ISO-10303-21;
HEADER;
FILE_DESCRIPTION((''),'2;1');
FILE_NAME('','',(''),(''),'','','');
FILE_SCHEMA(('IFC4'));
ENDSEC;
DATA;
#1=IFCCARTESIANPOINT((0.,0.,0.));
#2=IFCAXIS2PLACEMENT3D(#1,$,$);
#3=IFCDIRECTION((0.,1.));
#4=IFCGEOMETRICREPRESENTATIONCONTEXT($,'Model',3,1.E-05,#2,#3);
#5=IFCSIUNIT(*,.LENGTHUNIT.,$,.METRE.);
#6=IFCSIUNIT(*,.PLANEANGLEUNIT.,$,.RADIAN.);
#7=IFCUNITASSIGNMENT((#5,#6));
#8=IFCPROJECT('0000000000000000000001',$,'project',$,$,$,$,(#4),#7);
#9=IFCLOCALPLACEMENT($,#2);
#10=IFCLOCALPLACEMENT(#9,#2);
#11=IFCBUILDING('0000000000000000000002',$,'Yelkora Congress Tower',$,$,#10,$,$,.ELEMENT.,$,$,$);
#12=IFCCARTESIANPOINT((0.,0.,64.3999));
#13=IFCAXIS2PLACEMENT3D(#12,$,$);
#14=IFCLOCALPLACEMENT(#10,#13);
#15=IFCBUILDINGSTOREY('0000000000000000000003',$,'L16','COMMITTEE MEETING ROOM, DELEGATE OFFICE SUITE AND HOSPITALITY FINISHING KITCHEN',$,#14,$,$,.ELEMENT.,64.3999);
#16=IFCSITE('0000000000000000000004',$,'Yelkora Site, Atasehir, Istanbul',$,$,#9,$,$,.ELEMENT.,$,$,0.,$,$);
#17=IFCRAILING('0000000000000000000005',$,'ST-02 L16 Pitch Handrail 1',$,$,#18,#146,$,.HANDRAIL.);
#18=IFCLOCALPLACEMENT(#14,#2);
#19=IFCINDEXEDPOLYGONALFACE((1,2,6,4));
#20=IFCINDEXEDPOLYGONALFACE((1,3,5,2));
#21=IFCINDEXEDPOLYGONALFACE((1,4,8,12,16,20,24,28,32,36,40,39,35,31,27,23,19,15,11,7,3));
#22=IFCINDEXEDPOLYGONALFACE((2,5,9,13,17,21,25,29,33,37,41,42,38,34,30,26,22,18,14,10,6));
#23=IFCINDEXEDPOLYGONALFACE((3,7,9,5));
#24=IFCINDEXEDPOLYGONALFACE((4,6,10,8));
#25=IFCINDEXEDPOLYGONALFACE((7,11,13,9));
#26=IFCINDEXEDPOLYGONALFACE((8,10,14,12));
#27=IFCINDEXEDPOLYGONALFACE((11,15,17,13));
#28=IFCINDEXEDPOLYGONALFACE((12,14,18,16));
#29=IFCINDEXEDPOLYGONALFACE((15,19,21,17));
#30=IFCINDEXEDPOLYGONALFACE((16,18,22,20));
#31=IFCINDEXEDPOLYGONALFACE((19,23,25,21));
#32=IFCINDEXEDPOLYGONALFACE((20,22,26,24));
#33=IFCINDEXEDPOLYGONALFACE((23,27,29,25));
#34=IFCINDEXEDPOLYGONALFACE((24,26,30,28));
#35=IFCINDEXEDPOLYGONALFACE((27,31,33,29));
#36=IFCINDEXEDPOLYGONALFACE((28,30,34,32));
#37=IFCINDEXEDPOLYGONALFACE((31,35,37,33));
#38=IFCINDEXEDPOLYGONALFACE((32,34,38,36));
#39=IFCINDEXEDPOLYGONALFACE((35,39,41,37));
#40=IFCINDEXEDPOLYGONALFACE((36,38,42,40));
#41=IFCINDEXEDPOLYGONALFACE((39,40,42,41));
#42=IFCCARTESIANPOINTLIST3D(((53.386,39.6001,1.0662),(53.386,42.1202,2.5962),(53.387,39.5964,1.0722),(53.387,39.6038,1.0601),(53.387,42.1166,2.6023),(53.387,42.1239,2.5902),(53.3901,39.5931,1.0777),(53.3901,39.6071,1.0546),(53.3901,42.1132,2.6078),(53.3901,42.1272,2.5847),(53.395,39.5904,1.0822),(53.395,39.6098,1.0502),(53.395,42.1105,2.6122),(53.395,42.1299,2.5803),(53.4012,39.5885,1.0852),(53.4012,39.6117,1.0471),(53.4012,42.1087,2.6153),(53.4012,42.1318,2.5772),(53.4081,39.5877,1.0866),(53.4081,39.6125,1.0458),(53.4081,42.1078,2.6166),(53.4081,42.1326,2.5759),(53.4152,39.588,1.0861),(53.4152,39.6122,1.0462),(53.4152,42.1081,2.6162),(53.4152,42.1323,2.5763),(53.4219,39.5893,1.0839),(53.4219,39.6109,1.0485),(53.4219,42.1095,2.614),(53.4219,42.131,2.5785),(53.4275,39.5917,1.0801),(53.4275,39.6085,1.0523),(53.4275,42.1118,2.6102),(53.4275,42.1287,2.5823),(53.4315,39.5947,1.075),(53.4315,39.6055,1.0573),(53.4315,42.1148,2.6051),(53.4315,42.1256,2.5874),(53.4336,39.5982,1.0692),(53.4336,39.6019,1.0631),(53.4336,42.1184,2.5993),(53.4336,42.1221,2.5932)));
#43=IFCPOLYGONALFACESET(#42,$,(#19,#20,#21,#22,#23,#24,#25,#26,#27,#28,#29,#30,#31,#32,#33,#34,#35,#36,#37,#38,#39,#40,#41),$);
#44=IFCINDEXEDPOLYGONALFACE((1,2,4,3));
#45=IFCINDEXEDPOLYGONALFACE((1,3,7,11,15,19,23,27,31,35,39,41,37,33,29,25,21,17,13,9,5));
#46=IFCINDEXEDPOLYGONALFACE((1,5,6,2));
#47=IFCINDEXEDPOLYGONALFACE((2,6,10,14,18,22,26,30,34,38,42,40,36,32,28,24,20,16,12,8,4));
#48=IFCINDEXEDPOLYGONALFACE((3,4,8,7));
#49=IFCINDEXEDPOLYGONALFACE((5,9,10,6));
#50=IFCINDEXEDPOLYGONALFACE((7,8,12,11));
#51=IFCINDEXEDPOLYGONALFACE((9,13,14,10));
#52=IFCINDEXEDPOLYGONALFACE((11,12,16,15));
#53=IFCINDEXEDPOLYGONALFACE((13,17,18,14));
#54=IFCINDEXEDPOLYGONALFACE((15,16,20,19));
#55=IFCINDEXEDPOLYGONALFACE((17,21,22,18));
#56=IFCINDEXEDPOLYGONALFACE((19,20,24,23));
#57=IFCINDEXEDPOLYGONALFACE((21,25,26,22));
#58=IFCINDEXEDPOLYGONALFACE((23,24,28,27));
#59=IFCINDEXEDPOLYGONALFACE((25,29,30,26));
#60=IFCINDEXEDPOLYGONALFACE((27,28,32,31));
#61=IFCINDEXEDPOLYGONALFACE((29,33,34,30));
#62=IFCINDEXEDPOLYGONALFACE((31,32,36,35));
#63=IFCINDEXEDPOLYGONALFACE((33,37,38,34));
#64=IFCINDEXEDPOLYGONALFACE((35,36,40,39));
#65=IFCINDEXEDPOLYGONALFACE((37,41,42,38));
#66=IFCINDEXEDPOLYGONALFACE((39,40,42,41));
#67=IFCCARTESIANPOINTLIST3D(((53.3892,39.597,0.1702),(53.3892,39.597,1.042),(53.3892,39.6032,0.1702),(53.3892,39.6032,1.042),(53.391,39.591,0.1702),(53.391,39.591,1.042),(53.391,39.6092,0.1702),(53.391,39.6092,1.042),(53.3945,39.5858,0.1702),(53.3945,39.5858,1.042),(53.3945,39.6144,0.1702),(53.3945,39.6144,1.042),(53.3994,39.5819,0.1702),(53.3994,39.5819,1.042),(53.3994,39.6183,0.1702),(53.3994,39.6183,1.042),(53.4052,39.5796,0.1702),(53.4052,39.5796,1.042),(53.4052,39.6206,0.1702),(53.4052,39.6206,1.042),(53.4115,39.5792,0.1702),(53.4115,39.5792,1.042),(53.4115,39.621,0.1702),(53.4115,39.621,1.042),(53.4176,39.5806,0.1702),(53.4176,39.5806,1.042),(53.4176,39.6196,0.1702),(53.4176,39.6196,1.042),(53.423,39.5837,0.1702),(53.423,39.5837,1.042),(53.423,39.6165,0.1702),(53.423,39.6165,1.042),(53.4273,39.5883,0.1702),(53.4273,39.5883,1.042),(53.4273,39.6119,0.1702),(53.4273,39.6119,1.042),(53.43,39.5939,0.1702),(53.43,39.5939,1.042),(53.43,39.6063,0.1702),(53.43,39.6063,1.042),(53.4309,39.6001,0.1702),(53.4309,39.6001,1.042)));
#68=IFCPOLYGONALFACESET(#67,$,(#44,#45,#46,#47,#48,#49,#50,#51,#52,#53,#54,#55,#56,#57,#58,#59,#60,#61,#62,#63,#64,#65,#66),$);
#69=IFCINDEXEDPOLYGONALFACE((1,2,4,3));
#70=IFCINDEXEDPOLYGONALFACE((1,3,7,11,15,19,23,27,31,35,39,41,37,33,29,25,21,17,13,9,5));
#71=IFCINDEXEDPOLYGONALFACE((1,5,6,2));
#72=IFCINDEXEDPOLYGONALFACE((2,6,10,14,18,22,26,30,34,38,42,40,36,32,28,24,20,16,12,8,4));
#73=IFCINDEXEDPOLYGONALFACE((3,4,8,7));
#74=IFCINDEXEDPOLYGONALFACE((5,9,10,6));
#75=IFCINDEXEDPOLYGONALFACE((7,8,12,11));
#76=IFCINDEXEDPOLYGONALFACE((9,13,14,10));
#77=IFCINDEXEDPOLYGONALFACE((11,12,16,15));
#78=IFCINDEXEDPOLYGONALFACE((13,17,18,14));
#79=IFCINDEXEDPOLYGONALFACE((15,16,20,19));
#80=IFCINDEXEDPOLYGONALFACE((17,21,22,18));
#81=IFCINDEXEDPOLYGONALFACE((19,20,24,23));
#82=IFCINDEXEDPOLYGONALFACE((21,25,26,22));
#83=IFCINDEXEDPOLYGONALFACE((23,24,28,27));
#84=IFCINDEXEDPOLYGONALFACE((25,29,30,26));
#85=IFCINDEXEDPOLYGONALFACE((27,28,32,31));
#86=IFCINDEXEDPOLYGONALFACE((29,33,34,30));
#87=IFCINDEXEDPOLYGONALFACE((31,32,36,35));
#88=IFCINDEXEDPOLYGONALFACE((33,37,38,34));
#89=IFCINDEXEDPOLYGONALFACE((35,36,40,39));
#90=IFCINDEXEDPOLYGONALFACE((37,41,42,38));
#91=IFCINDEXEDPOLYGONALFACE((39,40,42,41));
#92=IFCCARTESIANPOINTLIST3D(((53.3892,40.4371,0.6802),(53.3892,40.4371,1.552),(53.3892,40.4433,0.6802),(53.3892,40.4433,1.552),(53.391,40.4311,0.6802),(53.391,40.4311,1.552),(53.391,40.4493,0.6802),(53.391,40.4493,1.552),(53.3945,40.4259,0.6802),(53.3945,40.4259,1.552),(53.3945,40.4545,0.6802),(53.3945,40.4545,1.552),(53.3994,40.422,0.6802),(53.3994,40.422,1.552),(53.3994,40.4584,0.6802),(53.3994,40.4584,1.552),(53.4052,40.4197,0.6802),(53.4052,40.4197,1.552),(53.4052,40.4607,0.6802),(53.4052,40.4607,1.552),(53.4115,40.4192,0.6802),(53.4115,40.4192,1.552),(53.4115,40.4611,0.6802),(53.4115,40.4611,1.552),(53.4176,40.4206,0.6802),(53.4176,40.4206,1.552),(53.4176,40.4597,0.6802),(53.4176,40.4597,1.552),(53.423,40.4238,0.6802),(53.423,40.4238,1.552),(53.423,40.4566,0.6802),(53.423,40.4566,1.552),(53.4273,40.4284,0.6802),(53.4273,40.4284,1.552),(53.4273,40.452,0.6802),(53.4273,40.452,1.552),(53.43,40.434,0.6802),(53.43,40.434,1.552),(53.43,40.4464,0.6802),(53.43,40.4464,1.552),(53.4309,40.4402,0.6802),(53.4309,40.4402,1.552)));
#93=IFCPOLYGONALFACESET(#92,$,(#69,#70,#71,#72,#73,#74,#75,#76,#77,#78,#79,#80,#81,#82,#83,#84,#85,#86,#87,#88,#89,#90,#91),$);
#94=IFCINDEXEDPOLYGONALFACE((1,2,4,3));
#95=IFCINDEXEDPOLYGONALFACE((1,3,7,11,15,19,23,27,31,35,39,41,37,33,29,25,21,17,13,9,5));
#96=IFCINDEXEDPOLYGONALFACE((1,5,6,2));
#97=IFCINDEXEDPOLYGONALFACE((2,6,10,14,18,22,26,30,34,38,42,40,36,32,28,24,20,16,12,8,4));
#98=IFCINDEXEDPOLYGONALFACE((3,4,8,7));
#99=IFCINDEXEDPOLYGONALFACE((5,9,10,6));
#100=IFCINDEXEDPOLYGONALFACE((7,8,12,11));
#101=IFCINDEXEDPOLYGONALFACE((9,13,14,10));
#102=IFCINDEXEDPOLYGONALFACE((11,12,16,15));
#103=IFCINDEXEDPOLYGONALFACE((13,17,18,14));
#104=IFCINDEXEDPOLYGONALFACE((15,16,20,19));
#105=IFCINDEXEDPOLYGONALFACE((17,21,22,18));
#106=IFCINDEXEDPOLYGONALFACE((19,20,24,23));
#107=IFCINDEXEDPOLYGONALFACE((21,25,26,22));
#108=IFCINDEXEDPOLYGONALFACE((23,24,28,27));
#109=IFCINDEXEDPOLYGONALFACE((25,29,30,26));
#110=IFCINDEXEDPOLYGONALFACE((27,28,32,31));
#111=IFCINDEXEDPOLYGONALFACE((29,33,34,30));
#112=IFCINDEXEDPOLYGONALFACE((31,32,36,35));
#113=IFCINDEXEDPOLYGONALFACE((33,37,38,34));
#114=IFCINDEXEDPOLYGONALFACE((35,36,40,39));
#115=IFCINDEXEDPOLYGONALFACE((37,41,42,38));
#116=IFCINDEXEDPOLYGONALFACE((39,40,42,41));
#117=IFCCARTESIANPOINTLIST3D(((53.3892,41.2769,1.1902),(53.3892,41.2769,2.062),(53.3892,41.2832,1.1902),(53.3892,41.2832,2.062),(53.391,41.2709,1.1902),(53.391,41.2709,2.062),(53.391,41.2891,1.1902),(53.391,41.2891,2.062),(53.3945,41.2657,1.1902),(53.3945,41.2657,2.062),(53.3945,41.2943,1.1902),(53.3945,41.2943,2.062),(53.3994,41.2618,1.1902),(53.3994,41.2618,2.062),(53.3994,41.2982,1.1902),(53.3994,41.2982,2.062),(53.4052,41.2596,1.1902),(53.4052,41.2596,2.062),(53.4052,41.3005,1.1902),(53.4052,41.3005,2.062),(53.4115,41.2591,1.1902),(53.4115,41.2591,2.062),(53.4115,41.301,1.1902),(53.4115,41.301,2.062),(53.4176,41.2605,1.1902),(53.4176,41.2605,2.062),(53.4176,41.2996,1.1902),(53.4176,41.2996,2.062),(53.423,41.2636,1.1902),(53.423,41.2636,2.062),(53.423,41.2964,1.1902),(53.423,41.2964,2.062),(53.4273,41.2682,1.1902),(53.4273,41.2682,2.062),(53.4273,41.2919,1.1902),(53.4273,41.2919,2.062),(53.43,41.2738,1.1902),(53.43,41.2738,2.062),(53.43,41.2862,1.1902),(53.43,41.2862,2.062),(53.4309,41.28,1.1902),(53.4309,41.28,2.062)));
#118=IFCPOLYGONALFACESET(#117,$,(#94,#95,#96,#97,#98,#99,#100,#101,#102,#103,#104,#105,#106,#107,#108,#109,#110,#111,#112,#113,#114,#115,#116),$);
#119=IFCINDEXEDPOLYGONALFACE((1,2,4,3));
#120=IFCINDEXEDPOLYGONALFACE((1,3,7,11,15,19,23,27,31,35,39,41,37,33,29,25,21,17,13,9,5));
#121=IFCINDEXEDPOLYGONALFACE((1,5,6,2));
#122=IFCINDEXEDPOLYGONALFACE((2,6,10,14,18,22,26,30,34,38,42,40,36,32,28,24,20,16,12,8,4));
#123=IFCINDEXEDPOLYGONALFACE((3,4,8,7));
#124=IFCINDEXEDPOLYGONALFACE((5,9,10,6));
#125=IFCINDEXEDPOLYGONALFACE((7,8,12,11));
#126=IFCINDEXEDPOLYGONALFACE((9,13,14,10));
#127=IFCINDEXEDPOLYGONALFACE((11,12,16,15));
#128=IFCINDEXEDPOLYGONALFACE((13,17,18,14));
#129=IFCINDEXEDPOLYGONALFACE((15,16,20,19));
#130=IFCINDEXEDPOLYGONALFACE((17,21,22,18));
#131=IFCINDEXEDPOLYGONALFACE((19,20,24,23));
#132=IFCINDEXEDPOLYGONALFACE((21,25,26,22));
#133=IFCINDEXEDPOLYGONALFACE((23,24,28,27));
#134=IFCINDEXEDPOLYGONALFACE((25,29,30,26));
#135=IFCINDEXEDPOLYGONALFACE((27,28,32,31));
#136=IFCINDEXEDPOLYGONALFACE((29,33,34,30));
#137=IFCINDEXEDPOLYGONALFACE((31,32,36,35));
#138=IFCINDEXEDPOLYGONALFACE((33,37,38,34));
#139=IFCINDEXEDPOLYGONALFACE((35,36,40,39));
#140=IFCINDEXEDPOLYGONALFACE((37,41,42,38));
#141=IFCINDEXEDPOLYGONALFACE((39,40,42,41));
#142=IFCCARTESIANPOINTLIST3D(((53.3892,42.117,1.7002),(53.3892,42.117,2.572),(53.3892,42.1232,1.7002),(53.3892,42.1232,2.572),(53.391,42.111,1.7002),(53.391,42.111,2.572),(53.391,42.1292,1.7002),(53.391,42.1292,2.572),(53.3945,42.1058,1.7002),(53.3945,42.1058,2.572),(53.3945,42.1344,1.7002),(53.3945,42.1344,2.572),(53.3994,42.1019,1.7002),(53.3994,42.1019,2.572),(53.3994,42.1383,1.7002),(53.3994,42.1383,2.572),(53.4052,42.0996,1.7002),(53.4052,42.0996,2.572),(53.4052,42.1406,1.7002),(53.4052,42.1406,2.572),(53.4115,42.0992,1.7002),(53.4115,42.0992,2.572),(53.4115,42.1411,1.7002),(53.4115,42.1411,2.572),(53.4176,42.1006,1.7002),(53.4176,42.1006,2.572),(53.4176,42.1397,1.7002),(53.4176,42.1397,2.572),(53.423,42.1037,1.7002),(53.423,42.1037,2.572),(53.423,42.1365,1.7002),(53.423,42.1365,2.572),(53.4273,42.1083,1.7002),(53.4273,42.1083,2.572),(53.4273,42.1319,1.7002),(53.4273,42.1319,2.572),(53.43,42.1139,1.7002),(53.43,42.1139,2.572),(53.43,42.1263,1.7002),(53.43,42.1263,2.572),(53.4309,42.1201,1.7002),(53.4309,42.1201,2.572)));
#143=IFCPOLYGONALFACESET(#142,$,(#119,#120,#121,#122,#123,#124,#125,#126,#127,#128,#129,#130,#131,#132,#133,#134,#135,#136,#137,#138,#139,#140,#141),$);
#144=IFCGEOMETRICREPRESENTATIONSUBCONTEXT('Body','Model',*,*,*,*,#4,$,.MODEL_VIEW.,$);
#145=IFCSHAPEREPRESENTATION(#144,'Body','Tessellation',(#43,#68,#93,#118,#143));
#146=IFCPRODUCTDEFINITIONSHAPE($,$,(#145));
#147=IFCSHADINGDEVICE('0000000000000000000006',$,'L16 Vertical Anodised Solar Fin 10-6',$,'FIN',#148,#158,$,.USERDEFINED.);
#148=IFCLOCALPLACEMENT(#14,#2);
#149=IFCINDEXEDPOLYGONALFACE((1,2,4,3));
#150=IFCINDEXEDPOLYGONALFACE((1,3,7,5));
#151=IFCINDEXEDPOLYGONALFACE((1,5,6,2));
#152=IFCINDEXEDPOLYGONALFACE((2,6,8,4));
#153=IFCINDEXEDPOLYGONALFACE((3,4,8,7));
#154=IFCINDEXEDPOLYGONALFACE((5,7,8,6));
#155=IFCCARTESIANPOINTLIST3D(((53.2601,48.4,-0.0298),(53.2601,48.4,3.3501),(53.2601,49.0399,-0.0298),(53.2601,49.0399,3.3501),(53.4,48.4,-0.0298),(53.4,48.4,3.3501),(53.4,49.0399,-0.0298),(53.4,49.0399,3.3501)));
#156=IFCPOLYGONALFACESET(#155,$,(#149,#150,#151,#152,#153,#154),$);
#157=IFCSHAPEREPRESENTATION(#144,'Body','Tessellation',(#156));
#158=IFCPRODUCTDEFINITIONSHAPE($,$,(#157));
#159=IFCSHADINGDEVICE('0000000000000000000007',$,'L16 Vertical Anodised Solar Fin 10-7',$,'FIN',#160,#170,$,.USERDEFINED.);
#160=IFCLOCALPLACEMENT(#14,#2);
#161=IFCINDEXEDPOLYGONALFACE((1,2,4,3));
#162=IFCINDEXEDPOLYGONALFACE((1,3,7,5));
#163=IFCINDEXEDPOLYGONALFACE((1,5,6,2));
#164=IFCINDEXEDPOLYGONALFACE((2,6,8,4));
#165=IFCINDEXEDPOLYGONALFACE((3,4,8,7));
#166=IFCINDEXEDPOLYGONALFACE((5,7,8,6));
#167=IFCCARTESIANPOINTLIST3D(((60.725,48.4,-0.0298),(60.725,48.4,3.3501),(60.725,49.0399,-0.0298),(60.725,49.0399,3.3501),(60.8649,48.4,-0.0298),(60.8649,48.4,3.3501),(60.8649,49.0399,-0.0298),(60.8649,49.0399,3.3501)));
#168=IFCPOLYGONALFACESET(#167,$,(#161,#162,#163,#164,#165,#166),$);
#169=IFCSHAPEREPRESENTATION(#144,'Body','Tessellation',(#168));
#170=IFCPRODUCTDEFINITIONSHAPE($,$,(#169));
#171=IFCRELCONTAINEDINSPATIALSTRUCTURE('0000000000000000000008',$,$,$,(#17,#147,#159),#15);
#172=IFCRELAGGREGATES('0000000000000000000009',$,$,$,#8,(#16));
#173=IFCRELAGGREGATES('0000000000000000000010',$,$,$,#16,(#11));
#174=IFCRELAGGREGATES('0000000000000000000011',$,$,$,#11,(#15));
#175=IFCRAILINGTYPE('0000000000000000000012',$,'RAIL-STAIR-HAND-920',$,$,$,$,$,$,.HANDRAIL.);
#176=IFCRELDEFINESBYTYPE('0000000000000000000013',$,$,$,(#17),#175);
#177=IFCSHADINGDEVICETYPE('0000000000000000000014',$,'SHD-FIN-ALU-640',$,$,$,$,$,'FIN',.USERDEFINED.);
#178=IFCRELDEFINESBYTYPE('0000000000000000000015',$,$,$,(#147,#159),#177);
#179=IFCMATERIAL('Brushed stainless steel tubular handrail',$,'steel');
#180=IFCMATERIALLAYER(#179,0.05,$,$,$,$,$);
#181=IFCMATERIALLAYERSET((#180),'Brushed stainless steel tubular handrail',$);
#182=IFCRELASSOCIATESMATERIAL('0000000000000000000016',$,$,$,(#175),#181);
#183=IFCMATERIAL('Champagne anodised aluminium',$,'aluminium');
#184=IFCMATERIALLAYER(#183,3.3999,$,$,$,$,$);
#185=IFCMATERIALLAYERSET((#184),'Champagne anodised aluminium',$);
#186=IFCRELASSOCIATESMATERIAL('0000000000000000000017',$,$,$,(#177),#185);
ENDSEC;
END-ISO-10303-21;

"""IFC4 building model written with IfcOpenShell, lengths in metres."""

from ifc_helpers import new_model, si_unit, direction, frame, origin, origin_2d, place, context, subcontext, project, spatial, rectangle, circle, extrude, material, layer, layer_set, type_object, element, save


model = new_model("IFC4")

# Units and contexts
model_context = context("Model", 3, precision=1e-05, world=origin(), true_north=direction((0.0, 1.0)))
body_context = subcontext(model_context, "Body", "Model", "MODEL_VIEW")
ifc_project = project(units=[si_unit("LENGTHUNIT", "METRE"), si_unit("PLANEANGLEUNIT", "RADIAN")], contexts=[model_context])

# Site, building, storey
site_placement = place(None, origin())
site = spatial("IfcSite", under=ifc_project, at=site_placement, Name="Yelkora Site, Atasehir, Istanbul", CompositionType="ELEMENT", RefElevation=0.0)
building_placement = place(site_placement, origin())
building = spatial("IfcBuilding", under=site, at=building_placement, Name="Yelkora Congress Tower", CompositionType="ELEMENT")
storey_placement = place(building_placement, frame((0.0, 0.0, 64.3999)))
storey = spatial("IfcBuildingStorey", under=building, at=storey_placement, Name="L16", Description="COMMITTEE MEETING ROOM, DELEGATE OFFICE SUITE AND HOSPITALITY FINISHING KITCHEN", CompositionType="ELEMENT", Elevation=64.3999)

# Railing
ifc_material_1 = material(Name="Brushed stainless steel tubular handrail", Category="steel")
ifc_layer_1 = layer(ifc_material_1, 0.05)
ifc_layer_set_1 = layer_set([ifc_layer_1], Name="Brushed stainless steel tubular handrail")
railing_type_1 = type_object("IfcRailingType", Name="RAIL-STAIR-HAND-920", PredefinedType="HANDRAIL", material=ifc_layer_set_1)
railing_1_placement = place(storey_placement, frame((53.4099, 39.6001, 0.1702)))
element("IfcRailing", 1, at=railing_1_placement, inside=storey, type_object=railing_type_1, Name="ST-02 L16 Pitch Handrail 1", PredefinedType="HANDRAIL", context=body_context, shape_type="SweptSolid", body=[
    extrude(circle(Radius=0.0239, at=origin_2d()), frame((0.0, 0.0, 0.896), z_axis=(0.0, 0.854785, 0.518982), x_axis=(-1.0, 0.0, 0.0)), (0.0, 0.0, 1.0), 2.9482),
    extrude(circle(Radius=0.021, at=origin_2d()), origin(), (0.0, 0.0, 1.0), 0.8718),
    extrude(circle(Radius=0.021, at=origin_2d()), frame((0.0, 0.8401, 0.51)), (0.0, 0.0, 1.0), 0.8718),
    extrude(circle(Radius=0.021, at=origin_2d()), frame((0.0, 1.6799, 1.02)), (0.0, 0.0, 1.0), 0.8718),
    extrude(circle(Radius=0.021, at=origin_2d()), frame((0.0, 2.52, 1.53)), (0.0, 0.0, 1.0), 0.8718),
])

# Shading devices
ifc_material_2 = material(Name="Champagne anodised aluminium", Category="aluminium")
ifc_layer_2 = layer(ifc_material_2, 3.3999)
ifc_layer_set_2 = layer_set([ifc_layer_2], Name="Champagne anodised aluminium")
shading_device_type = type_object("IfcShadingDeviceType", Name="SHD-FIN-ALU-640", ElementType="FIN", PredefinedType="USERDEFINED", material=ifc_layer_set_2)
for number, where, z_axis, x_axis, name in (
    (2, (53.3301, 48.72, -0.0298), (0.0, 0.0, 1.0), (1.0, 0.0, 0.0), "L16 Vertical Anodised Solar Fin 10-6"),
    (3, (60.7949, 48.72, -0.0298), (0.0, 0.0, 1.0), (1.0, 0.0, 0.0), "L16 Vertical Anodised Solar Fin 10-7"),
):
    element("IfcShadingDevice", number, at=place(storey_placement, frame(where, z_axis=z_axis, x_axis=x_axis)), inside=storey, type_object=shading_device_type, Name=name, ObjectType="FIN", PredefinedType="USERDEFINED", context=body_context, shape_type="SweptSolid", body=[
        extrude(rectangle(XDim=0.1399, YDim=0.6399, at=origin_2d()), origin(), (0.0, 0.0, 1.0), 3.3799),
    ])

save(model, "model.ifc")
